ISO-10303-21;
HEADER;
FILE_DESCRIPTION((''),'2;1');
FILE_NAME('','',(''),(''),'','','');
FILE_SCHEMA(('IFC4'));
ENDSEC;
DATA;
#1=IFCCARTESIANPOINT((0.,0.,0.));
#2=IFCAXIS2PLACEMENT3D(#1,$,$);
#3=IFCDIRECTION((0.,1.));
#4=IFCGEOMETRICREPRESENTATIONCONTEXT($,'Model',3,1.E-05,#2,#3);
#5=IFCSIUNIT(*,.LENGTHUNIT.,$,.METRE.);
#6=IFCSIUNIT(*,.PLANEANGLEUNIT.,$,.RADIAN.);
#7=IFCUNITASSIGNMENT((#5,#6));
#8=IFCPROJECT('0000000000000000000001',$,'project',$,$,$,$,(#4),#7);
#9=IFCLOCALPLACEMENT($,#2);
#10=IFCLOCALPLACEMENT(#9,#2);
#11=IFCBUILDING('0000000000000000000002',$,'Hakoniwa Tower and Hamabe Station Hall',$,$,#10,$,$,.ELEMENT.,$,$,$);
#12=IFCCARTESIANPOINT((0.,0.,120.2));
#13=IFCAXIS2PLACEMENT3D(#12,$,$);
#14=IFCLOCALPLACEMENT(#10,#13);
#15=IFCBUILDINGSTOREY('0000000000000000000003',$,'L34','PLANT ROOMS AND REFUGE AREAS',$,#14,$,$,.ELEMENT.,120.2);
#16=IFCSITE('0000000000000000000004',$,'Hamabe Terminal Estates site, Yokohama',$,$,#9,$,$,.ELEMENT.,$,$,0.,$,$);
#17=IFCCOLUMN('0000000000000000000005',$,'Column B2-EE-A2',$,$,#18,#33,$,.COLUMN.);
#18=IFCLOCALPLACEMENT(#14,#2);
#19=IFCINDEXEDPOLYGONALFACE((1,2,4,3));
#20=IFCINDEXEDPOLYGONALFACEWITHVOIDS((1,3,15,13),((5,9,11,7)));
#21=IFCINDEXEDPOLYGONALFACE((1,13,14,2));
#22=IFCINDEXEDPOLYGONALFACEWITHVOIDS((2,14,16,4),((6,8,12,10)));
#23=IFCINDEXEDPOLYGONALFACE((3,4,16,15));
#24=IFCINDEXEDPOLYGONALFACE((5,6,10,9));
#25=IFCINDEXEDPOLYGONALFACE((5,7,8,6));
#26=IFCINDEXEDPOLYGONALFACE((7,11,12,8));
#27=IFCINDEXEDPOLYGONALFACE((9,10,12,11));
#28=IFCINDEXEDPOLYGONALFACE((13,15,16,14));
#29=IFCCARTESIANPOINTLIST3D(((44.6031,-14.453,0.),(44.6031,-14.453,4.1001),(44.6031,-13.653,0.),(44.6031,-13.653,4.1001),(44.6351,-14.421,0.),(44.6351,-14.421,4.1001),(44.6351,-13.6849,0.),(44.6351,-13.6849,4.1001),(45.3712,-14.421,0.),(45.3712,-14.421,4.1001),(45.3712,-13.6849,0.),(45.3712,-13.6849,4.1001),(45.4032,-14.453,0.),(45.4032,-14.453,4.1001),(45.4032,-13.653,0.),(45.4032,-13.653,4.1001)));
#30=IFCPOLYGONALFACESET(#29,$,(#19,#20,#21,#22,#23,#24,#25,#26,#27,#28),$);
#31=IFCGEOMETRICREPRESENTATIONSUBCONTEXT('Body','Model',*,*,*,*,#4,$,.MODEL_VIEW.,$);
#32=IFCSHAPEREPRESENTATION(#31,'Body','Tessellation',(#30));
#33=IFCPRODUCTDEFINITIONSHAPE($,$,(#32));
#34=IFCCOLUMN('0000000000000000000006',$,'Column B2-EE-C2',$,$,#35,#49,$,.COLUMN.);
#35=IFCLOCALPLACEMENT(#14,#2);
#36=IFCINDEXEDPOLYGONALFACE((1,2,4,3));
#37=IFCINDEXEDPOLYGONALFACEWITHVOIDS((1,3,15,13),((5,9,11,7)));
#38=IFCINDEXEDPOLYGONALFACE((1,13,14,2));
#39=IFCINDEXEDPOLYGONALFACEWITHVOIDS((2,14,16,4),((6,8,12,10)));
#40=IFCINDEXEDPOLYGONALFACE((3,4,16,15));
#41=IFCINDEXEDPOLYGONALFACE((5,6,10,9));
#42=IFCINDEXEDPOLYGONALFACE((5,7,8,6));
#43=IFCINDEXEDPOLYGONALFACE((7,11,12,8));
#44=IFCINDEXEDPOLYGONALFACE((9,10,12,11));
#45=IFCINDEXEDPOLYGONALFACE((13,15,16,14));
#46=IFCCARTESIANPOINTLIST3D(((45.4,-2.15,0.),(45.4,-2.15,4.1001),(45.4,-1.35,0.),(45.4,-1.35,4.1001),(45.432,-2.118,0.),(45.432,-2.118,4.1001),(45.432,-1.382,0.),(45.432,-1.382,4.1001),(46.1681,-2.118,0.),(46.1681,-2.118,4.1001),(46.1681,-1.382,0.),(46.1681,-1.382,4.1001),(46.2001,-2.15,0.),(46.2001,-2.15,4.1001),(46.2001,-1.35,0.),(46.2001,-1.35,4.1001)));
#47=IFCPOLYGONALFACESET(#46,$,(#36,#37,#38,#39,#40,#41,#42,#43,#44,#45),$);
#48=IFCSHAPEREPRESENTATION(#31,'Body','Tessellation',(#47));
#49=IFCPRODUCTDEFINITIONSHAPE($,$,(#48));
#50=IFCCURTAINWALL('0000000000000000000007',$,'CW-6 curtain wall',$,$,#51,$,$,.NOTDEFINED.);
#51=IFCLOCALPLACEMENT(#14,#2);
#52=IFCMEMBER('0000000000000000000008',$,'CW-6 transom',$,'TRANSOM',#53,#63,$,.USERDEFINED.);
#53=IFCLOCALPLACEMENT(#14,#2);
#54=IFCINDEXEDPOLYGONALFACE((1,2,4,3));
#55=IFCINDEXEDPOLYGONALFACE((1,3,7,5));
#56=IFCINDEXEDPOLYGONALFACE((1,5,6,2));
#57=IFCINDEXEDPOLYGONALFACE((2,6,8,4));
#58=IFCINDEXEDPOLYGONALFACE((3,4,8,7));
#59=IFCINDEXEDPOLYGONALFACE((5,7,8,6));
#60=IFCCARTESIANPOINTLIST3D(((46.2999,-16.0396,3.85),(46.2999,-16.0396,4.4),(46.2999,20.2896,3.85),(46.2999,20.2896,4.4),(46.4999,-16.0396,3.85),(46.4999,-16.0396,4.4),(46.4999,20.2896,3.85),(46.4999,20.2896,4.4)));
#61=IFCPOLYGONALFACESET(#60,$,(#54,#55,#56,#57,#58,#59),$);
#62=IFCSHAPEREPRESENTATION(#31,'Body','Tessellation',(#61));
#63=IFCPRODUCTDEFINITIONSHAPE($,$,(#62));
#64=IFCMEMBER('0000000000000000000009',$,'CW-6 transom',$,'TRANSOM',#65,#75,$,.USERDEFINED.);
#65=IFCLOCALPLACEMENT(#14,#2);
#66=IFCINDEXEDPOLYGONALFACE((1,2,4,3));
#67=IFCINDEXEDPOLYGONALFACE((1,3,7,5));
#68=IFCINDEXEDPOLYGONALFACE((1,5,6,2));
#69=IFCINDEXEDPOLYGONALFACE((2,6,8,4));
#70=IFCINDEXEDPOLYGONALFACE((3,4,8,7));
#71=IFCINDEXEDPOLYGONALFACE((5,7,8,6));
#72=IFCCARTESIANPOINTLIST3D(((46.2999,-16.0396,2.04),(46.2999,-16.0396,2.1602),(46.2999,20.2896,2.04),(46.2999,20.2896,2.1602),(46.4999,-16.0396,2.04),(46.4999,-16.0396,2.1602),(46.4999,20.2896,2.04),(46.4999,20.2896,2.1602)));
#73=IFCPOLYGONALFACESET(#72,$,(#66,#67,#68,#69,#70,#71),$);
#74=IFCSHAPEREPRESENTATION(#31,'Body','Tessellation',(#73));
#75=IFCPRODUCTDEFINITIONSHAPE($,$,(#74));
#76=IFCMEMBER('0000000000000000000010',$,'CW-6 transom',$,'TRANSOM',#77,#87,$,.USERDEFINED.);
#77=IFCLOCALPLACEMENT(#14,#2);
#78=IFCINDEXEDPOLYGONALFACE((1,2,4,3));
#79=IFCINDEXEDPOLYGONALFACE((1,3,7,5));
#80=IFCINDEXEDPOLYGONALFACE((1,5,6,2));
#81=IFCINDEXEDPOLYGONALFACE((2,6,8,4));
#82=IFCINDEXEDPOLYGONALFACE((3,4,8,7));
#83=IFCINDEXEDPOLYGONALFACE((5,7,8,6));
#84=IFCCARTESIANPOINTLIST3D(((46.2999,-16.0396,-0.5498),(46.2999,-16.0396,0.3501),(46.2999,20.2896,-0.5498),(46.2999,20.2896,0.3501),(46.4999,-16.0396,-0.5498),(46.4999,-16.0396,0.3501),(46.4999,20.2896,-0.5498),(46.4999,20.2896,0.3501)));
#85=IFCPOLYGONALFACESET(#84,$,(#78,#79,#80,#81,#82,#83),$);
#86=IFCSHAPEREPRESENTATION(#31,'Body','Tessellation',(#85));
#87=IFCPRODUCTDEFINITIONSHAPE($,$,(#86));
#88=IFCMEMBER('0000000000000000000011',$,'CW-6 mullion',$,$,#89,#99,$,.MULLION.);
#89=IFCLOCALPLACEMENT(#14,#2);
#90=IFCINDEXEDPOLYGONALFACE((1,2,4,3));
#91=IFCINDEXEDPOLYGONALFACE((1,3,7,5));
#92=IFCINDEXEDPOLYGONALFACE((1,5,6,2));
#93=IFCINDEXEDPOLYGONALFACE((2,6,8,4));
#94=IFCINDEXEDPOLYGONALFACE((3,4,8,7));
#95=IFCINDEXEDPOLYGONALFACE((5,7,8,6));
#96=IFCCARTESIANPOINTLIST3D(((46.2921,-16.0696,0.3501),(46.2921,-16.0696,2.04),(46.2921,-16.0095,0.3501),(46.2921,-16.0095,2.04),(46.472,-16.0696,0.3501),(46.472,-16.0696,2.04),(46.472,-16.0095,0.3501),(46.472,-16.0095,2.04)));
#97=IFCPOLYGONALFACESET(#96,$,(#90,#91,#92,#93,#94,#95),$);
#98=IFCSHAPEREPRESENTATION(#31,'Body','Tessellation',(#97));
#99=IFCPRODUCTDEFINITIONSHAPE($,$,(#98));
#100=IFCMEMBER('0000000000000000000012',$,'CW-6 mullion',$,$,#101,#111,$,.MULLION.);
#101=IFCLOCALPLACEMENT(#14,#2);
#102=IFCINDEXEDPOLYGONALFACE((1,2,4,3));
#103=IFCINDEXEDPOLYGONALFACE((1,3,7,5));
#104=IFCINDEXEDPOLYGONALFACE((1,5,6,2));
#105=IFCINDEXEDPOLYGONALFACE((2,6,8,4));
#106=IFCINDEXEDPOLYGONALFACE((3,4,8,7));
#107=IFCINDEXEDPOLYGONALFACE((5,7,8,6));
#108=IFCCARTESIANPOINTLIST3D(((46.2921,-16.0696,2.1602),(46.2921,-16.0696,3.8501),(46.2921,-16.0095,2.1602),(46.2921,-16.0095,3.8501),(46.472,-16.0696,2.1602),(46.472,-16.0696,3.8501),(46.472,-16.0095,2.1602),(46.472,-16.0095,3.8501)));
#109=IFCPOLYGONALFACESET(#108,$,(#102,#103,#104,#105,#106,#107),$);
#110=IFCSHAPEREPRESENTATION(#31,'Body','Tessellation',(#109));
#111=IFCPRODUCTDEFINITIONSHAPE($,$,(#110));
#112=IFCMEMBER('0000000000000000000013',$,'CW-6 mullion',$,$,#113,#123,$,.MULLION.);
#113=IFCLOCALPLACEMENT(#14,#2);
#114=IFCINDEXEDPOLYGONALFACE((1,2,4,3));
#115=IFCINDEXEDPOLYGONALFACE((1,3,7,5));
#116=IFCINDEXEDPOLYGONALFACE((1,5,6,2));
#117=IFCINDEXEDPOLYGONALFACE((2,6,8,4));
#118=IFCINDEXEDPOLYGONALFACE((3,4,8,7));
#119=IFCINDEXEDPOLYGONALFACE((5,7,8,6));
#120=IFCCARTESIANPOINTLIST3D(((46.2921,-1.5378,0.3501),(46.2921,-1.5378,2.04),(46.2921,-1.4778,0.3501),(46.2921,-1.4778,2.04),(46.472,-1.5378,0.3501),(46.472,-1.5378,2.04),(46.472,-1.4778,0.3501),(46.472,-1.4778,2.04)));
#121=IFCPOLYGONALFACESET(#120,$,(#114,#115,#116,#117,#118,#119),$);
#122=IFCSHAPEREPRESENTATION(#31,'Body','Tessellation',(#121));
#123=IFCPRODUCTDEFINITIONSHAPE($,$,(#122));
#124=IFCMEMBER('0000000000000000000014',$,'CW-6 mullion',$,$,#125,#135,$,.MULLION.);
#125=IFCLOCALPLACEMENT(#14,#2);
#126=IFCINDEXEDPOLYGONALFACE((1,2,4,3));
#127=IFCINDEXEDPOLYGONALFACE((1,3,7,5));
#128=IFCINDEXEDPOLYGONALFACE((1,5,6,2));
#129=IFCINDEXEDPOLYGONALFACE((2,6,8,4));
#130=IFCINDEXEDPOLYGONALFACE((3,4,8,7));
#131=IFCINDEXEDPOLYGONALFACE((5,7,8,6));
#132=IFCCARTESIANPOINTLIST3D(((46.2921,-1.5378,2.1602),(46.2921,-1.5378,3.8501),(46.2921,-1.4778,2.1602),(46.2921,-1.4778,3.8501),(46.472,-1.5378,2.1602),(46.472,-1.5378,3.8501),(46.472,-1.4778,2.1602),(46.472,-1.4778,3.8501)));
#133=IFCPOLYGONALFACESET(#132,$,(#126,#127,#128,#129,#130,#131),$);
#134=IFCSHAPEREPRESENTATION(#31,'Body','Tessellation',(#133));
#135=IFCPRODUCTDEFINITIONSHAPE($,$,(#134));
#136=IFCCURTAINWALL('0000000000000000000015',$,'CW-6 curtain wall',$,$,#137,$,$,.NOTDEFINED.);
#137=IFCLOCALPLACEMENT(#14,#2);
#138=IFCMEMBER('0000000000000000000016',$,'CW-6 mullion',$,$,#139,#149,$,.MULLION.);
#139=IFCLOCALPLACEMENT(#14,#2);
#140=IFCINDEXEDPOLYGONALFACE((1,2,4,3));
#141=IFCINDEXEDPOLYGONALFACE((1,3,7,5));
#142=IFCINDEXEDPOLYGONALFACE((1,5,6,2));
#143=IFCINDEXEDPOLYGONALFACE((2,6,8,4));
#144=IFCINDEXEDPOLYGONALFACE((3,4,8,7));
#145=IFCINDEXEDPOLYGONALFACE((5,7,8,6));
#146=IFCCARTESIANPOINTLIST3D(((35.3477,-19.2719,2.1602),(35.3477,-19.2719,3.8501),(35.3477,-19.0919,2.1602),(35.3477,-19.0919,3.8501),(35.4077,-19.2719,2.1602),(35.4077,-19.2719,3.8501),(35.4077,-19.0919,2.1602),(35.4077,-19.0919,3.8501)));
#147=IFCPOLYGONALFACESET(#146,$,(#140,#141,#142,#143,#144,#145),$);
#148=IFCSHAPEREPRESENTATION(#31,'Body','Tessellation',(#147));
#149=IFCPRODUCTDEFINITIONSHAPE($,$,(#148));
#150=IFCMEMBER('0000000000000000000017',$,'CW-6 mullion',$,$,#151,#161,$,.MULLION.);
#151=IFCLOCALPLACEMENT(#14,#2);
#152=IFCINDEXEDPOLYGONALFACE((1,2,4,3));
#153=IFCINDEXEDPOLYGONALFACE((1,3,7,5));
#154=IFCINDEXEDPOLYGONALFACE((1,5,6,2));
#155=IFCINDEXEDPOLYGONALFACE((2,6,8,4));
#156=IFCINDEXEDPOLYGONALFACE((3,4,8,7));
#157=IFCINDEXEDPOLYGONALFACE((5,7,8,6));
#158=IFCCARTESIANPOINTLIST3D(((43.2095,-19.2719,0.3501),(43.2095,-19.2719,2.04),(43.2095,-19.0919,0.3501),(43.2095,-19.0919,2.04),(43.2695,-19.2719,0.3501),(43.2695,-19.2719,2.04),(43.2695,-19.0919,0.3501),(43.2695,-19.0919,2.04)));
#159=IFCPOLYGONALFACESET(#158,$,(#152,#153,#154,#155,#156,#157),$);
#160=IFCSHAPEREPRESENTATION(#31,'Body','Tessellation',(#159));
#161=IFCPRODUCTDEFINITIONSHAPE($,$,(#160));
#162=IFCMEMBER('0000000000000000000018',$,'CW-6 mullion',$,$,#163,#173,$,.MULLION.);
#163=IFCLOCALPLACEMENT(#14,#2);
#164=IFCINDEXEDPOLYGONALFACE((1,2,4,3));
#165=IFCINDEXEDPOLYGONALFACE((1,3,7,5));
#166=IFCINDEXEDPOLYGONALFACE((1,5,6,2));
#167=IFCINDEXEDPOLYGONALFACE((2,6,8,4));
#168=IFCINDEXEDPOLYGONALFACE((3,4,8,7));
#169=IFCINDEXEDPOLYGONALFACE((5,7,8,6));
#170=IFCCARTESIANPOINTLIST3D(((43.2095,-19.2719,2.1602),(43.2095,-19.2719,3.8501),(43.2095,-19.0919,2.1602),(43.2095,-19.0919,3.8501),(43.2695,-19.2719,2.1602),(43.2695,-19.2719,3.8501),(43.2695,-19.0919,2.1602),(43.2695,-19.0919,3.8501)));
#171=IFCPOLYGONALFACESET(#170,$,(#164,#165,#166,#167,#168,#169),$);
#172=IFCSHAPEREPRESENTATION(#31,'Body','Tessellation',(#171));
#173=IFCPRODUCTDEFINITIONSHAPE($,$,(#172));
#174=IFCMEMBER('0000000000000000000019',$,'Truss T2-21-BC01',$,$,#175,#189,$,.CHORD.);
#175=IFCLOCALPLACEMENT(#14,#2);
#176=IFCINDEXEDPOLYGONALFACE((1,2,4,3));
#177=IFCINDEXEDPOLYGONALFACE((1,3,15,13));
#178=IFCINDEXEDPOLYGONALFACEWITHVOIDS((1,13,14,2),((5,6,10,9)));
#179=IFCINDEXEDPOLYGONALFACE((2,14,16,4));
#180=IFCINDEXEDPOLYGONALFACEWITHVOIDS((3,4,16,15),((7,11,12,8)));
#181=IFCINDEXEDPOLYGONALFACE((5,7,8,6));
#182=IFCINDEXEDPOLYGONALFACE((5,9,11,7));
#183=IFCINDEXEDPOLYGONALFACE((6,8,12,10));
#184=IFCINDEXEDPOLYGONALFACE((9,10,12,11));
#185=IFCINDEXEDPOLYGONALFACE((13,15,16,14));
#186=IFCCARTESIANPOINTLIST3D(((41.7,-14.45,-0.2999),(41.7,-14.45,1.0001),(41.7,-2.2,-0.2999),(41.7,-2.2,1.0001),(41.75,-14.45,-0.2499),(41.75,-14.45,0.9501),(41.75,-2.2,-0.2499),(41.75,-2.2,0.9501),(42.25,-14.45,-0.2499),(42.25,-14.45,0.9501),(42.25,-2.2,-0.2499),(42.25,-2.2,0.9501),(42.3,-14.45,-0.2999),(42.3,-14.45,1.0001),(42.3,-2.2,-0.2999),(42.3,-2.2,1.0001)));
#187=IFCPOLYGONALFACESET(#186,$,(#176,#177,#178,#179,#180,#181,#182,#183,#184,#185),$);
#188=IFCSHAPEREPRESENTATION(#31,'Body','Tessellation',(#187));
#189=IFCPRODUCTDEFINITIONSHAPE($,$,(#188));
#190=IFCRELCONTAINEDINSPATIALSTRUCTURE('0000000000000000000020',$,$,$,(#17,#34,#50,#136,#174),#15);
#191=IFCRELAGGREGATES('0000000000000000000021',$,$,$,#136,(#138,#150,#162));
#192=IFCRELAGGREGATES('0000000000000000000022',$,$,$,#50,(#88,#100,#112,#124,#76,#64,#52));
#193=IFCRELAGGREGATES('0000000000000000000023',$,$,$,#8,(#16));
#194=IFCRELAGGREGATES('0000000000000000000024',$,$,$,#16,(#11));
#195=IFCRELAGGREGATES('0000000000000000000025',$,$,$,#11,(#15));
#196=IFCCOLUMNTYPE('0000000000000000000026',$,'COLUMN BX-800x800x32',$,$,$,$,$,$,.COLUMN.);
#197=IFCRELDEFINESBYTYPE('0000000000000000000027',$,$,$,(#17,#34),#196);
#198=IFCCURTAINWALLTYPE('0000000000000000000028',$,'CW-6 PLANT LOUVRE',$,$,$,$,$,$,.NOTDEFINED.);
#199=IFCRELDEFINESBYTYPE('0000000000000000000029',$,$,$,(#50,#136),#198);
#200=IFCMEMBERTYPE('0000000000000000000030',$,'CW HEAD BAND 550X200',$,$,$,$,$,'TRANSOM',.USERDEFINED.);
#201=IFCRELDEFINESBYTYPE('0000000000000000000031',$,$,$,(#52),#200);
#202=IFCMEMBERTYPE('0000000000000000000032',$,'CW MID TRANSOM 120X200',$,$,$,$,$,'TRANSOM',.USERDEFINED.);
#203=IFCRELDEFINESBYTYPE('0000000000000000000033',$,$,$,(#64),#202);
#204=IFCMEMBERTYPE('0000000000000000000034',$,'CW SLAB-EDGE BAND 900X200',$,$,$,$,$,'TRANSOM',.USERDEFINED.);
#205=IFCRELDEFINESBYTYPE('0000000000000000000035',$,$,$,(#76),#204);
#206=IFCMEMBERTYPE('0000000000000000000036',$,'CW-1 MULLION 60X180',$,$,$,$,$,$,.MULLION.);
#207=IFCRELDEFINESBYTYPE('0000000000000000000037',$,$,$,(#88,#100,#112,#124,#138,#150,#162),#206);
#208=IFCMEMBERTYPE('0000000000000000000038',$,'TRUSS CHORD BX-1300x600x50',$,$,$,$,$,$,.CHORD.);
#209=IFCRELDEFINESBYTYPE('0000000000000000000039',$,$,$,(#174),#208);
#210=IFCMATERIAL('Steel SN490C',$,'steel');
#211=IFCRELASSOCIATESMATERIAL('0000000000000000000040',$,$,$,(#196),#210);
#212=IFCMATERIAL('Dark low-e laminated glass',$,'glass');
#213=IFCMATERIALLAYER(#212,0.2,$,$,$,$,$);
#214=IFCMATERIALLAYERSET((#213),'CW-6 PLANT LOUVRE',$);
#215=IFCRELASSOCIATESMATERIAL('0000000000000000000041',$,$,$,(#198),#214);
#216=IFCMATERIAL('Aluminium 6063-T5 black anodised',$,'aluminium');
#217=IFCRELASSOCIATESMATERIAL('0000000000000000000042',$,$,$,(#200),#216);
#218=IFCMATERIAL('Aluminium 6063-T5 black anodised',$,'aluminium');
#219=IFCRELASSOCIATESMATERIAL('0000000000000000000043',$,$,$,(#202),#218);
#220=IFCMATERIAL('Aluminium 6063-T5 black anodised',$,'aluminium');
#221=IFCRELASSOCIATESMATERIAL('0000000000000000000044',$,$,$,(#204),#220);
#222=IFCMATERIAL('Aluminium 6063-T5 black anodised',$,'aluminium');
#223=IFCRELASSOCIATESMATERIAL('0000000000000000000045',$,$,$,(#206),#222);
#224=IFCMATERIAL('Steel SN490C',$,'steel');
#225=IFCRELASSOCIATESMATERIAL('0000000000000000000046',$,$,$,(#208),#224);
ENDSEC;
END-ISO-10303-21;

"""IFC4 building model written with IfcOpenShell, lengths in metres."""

from ifc_helpers import new_model, si_unit, direction, frame, origin, origin_2d, place, context, subcontext, project, spatial, rectangle, hollow_rectangle, extrude, material, layer, layer_set, material_profile, profile_set, type_object, element, aggregate, save


model = new_model("IFC4")

# Units and contexts
model_context = context("Model", 3, precision=1e-05, world=origin(), true_north=direction((0.0, 1.0)))
body_context = subcontext(model_context, "Body", "Model", "MODEL_VIEW")
ifc_project = project(units=[si_unit("LENGTHUNIT", "METRE"), si_unit("PLANEANGLEUNIT", "RADIAN")], contexts=[model_context])

# Site, building, storey
site_placement = place(None, origin())
site = spatial("IfcSite", under=ifc_project, at=site_placement, Name="Hamabe Terminal Estates site, Yokohama", CompositionType="ELEMENT", RefElevation=0.0)
building_placement = place(site_placement, origin())
building = spatial("IfcBuilding", under=site, at=building_placement, Name="Hakoniwa Tower and Hamabe Station Hall", CompositionType="ELEMENT")
storey_placement = place(building_placement, frame((0.0, 0.0, 120.2)))
storey = spatial("IfcBuildingStorey", under=building, at=storey_placement, Name="L34", Description="PLANT ROOMS AND REFUGE AREAS", CompositionType="ELEMENT", Elevation=120.2)

# Columns
ifc_material_1 = material(Name="Steel SN490C", Category="steel")
ifc_material_profile_1 = material_profile(ifc_material_1, hollow_rectangle(XDim=0.8, YDim=0.8, WallThickness=0.032, at=origin_2d()), Name="BX-800x800x32")
ifc_profile_set_1 = profile_set([ifc_material_profile_1], Name="Steel SN490C")
column_type = type_object("IfcColumnType", Name="COLUMN BX-800x800x32", PredefinedType="COLUMN", material=ifc_profile_set_1)
for number, where, z_axis, x_axis, name in (
    (1, (45.0032, -14.053, 0.0), (0.0, 0.0, 1.0), (1.0, 0.0, 0.0), "Column B2-EE-A2"),
    (2, (45.8, -1.75, 0.0), (0.0, 0.0, 1.0), (1.0, 0.0, 0.0), "Column B2-EE-C2"),
):
    element("IfcColumn", number, at=place(storey_placement, frame(where, z_axis=z_axis, x_axis=x_axis)), inside=storey, type_object=column_type, Name=name, PredefinedType="COLUMN", context=body_context, shape_type="SweptSolid", body=[
        extrude(hollow_rectangle(XDim=0.8, YDim=0.8, WallThickness=0.032, at=origin_2d()), origin(), (0.0, 0.0, 1.0), 4.1001),
    ])

# Curtain walls, members
ifc_material_2 = material(Name="Dark low-e laminated glass", Category="glass")
ifc_layer_1 = layer(ifc_material_2, 0.2)
ifc_layer_set_1 = layer_set([ifc_layer_1], Name="CW-6 PLANT LOUVRE")
curtain_wall_type = type_object("IfcCurtainWallType", Name="CW-6 PLANT LOUVRE", PredefinedType="NOTDEFINED", material=ifc_layer_set_1)
curtain_wall_1_placement = place(storey_placement, origin())
curtain_wall_1 = element("IfcCurtainWall", 3, at=curtain_wall_1_placement, inside=storey, type_object=curtain_wall_type, Name="CW-6 curtain wall", PredefinedType="NOTDEFINED")
ifc_material_3 = material(Name="Aluminium 6063-T5 black anodised", Category="aluminium")
ifc_material_profile_2 = material_profile(ifc_material_3, rectangle(XDim=0.2, YDim=0.55, at=origin_2d()), Name="CW HEAD BAND 550X200")
ifc_profile_set_2 = profile_set([ifc_material_profile_2], Name="Aluminium 6063-T5 black anodised")
member_type_1 = type_object("IfcMemberType", Name="CW HEAD BAND 550X200", ElementType="TRANSOM", PredefinedType="USERDEFINED", material=ifc_profile_set_2)
member_1_placement = place(storey_placement, frame((46.3999, -16.0396, 4.125), z_axis=(0.0, 1.0, 0.0), x_axis=(-1.0, 0.0, 0.0)))
member_1 = element("IfcMember", 4, at=member_1_placement, type_object=member_type_1, Name="CW-6 transom", ObjectType="TRANSOM", PredefinedType="USERDEFINED", context=body_context, shape_type="SweptSolid", body=[
    extrude(rectangle(XDim=0.2, YDim=0.55, at=origin_2d()), origin(), (0.0, 0.0, 1.0), 36.3291),
])
ifc_material_4 = material(Name="Aluminium 6063-T5 black anodised", Category="aluminium")
ifc_material_profile_3 = material_profile(ifc_material_4, rectangle(XDim=0.2, YDim=0.1201, at=origin_2d()), Name="CW MID TRANSOM 120X200")
ifc_profile_set_3 = profile_set([ifc_material_profile_3], Name="Aluminium 6063-T5 black anodised")
member_type_2 = type_object("IfcMemberType", Name="CW MID TRANSOM 120X200", ElementType="TRANSOM", PredefinedType="USERDEFINED", material=ifc_profile_set_3)
member_2_placement = place(storey_placement, frame((46.3999, -16.0396, 2.1001), z_axis=(0.0, 1.0, 0.0), x_axis=(-1.0, 0.0, 0.0)))
member_2 = element("IfcMember", 5, at=member_2_placement, type_object=member_type_2, Name="CW-6 transom", ObjectType="TRANSOM", PredefinedType="USERDEFINED", context=body_context, shape_type="SweptSolid", body=[
    extrude(rectangle(XDim=0.2, YDim=0.1201, at=origin_2d()), origin(), (0.0, 0.0, 1.0), 36.3291),
])
ifc_material_5 = material(Name="Aluminium 6063-T5 black anodised", Category="aluminium")
ifc_material_profile_4 = material_profile(ifc_material_5, rectangle(XDim=0.2, YDim=0.8999, at=origin_2d()), Name="CW SLAB-EDGE BAND 900X200")
ifc_profile_set_4 = profile_set([ifc_material_profile_4], Name="Aluminium 6063-T5 black anodised")
member_type_3 = type_object("IfcMemberType", Name="CW SLAB-EDGE BAND 900X200", ElementType="TRANSOM", PredefinedType="USERDEFINED", material=ifc_profile_set_4)
member_3_placement = place(storey_placement, frame((46.3999, -16.0396, -0.0999), z_axis=(0.0, 1.0, 0.0), x_axis=(-1.0, 0.0, 0.0)))
member_3 = element("IfcMember", 6, at=member_3_placement, type_object=member_type_3, Name="CW-6 transom", ObjectType="TRANSOM", PredefinedType="USERDEFINED", context=body_context, shape_type="SweptSolid", body=[
    extrude(rectangle(XDim=0.2, YDim=0.8999, at=origin_2d()), origin(), (0.0, 0.0, 1.0), 36.3291),
])
ifc_material_6 = material(Name="Aluminium 6063-T5 black anodised", Category="aluminium")
ifc_material_profile_5 = material_profile(ifc_material_6, rectangle(XDim=0.0601, YDim=0.1799, at=origin_2d()), Name="CW-1 MULLION 60X180")
ifc_profile_set_5 = profile_set([ifc_material_profile_5], Name="Aluminium 6063-T5 black anodised")
member_type_4 = type_object("IfcMemberType", Name="CW-1 MULLION 60X180", PredefinedType="MULLION", material=ifc_profile_set_5)
member_4_placement = place(storey_placement, frame((46.3821, -16.0396, 0.3501), z_axis=(0.0, 0.0, 1.0), x_axis=(0.0, 1.0, 0.0)))
member_4 = element("IfcMember", 7, at=member_4_placement, type_object=member_type_4, Name="CW-6 mullion", PredefinedType="MULLION", context=body_context, shape_type="SweptSolid", body=[
    extrude(rectangle(XDim=0.0601, YDim=0.1799, at=origin_2d()), origin(), (0.0, 0.0, 1.0), 1.6899),
])
member_5_placement = place(storey_placement, frame((46.3821, -16.0396, 2.1602), z_axis=(0.0, 0.0, 1.0), x_axis=(0.0, 1.0, 0.0)))
member_5 = element("IfcMember", 8, at=member_5_placement, type_object=member_type_4, Name="CW-6 mullion", PredefinedType="MULLION", context=body_context, shape_type="SweptSolid", body=[
    extrude(rectangle(XDim=0.0601, YDim=0.1799, at=origin_2d()), origin(), (0.0, 0.0, 1.0), 1.6899),
])
member_6_placement = place(storey_placement, frame((46.3821, -1.5078, 0.3501), z_axis=(0.0, 0.0, 1.0), x_axis=(0.0, 1.0, 0.0)))
member_6 = element("IfcMember", 9, at=member_6_placement, type_object=member_type_4, Name="CW-6 mullion", PredefinedType="MULLION", context=body_context, shape_type="SweptSolid", body=[
    extrude(rectangle(XDim=0.0601, YDim=0.1799, at=origin_2d()), origin(), (0.0, 0.0, 1.0), 1.6899),
])
member_7_placement = place(storey_placement, frame((46.3821, -1.5078, 2.1602), z_axis=(0.0, 0.0, 1.0), x_axis=(0.0, 1.0, 0.0)))
member_7 = element("IfcMember", 10, at=member_7_placement, type_object=member_type_4, Name="CW-6 mullion", PredefinedType="MULLION", context=body_context, shape_type="SweptSolid", body=[
    extrude(rectangle(XDim=0.0601, YDim=0.1799, at=origin_2d()), origin(), (0.0, 0.0, 1.0), 1.6899),
])
curtain_wall_2_placement = place(storey_placement, origin())
curtain_wall_2 = element("IfcCurtainWall", 11, at=curtain_wall_2_placement, inside=storey, type_object=curtain_wall_type, Name="CW-6 curtain wall", PredefinedType="NOTDEFINED")
member_8_placement = place(storey_placement, frame((35.3777, -19.1819, 2.1602), z_axis=(0.0, 0.0, 1.0), x_axis=(1.0, 0.0, 0.0)))
member_8 = element("IfcMember", 12, at=member_8_placement, type_object=member_type_4, Name="CW-6 mullion", PredefinedType="MULLION", context=body_context, shape_type="SweptSolid", body=[
    extrude(rectangle(XDim=0.0601, YDim=0.1799, at=origin_2d()), origin(), (0.0, 0.0, 1.0), 1.6899),
])
member_9_placement = place(storey_placement, frame((43.2395, -19.1819, 0.3501), z_axis=(0.0, 0.0, 1.0), x_axis=(1.0, 0.0, 0.0)))
member_9 = element("IfcMember", 13, at=member_9_placement, type_object=member_type_4, Name="CW-6 mullion", PredefinedType="MULLION", context=body_context, shape_type="SweptSolid", body=[
    extrude(rectangle(XDim=0.0601, YDim=0.1799, at=origin_2d()), origin(), (0.0, 0.0, 1.0), 1.6899),
])
member_10_placement = place(storey_placement, frame((43.2395, -19.1819, 2.1602), z_axis=(0.0, 0.0, 1.0), x_axis=(1.0, 0.0, 0.0)))
member_10 = element("IfcMember", 14, at=member_10_placement, type_object=member_type_4, Name="CW-6 mullion", PredefinedType="MULLION", context=body_context, shape_type="SweptSolid", body=[
    extrude(rectangle(XDim=0.0601, YDim=0.1799, at=origin_2d()), origin(), (0.0, 0.0, 1.0), 1.6899),
])

# Member
ifc_material_7 = material(Name="Steel SN490C", Category="steel")
ifc_material_profile_6 = material_profile(ifc_material_7, hollow_rectangle(XDim=0.6001, YDim=1.3, WallThickness=0.05, at=origin_2d()), Name="BX-1300x600x50")
ifc_profile_set_6 = profile_set([ifc_material_profile_6], Name="Steel SN490C")
member_type_5 = type_object("IfcMemberType", Name="TRUSS CHORD BX-1300x600x50", PredefinedType="CHORD", material=ifc_profile_set_6)
member_11_placement = place(storey_placement, frame((42.0, -14.45, 0.3501), z_axis=(0.0, 1.0, 0.0), x_axis=(-1.0, 0.0, 0.0)))
element("IfcMember", 15, at=member_11_placement, inside=storey, type_object=member_type_5, Name="Truss T2-21-BC01", PredefinedType="CHORD", context=body_context, shape_type="SweptSolid", body=[
    extrude(hollow_rectangle(XDim=0.6001, YDim=1.3, WallThickness=0.05, at=origin_2d()), origin(), (0.0, 0.0, 1.0), 12.25),
])

aggregate(curtain_wall_2, [member_8, member_9, member_10])

aggregate(curtain_wall_1, [member_4, member_5, member_6, member_7, member_3, member_2, member_1])

save(model, "model.ifc")
